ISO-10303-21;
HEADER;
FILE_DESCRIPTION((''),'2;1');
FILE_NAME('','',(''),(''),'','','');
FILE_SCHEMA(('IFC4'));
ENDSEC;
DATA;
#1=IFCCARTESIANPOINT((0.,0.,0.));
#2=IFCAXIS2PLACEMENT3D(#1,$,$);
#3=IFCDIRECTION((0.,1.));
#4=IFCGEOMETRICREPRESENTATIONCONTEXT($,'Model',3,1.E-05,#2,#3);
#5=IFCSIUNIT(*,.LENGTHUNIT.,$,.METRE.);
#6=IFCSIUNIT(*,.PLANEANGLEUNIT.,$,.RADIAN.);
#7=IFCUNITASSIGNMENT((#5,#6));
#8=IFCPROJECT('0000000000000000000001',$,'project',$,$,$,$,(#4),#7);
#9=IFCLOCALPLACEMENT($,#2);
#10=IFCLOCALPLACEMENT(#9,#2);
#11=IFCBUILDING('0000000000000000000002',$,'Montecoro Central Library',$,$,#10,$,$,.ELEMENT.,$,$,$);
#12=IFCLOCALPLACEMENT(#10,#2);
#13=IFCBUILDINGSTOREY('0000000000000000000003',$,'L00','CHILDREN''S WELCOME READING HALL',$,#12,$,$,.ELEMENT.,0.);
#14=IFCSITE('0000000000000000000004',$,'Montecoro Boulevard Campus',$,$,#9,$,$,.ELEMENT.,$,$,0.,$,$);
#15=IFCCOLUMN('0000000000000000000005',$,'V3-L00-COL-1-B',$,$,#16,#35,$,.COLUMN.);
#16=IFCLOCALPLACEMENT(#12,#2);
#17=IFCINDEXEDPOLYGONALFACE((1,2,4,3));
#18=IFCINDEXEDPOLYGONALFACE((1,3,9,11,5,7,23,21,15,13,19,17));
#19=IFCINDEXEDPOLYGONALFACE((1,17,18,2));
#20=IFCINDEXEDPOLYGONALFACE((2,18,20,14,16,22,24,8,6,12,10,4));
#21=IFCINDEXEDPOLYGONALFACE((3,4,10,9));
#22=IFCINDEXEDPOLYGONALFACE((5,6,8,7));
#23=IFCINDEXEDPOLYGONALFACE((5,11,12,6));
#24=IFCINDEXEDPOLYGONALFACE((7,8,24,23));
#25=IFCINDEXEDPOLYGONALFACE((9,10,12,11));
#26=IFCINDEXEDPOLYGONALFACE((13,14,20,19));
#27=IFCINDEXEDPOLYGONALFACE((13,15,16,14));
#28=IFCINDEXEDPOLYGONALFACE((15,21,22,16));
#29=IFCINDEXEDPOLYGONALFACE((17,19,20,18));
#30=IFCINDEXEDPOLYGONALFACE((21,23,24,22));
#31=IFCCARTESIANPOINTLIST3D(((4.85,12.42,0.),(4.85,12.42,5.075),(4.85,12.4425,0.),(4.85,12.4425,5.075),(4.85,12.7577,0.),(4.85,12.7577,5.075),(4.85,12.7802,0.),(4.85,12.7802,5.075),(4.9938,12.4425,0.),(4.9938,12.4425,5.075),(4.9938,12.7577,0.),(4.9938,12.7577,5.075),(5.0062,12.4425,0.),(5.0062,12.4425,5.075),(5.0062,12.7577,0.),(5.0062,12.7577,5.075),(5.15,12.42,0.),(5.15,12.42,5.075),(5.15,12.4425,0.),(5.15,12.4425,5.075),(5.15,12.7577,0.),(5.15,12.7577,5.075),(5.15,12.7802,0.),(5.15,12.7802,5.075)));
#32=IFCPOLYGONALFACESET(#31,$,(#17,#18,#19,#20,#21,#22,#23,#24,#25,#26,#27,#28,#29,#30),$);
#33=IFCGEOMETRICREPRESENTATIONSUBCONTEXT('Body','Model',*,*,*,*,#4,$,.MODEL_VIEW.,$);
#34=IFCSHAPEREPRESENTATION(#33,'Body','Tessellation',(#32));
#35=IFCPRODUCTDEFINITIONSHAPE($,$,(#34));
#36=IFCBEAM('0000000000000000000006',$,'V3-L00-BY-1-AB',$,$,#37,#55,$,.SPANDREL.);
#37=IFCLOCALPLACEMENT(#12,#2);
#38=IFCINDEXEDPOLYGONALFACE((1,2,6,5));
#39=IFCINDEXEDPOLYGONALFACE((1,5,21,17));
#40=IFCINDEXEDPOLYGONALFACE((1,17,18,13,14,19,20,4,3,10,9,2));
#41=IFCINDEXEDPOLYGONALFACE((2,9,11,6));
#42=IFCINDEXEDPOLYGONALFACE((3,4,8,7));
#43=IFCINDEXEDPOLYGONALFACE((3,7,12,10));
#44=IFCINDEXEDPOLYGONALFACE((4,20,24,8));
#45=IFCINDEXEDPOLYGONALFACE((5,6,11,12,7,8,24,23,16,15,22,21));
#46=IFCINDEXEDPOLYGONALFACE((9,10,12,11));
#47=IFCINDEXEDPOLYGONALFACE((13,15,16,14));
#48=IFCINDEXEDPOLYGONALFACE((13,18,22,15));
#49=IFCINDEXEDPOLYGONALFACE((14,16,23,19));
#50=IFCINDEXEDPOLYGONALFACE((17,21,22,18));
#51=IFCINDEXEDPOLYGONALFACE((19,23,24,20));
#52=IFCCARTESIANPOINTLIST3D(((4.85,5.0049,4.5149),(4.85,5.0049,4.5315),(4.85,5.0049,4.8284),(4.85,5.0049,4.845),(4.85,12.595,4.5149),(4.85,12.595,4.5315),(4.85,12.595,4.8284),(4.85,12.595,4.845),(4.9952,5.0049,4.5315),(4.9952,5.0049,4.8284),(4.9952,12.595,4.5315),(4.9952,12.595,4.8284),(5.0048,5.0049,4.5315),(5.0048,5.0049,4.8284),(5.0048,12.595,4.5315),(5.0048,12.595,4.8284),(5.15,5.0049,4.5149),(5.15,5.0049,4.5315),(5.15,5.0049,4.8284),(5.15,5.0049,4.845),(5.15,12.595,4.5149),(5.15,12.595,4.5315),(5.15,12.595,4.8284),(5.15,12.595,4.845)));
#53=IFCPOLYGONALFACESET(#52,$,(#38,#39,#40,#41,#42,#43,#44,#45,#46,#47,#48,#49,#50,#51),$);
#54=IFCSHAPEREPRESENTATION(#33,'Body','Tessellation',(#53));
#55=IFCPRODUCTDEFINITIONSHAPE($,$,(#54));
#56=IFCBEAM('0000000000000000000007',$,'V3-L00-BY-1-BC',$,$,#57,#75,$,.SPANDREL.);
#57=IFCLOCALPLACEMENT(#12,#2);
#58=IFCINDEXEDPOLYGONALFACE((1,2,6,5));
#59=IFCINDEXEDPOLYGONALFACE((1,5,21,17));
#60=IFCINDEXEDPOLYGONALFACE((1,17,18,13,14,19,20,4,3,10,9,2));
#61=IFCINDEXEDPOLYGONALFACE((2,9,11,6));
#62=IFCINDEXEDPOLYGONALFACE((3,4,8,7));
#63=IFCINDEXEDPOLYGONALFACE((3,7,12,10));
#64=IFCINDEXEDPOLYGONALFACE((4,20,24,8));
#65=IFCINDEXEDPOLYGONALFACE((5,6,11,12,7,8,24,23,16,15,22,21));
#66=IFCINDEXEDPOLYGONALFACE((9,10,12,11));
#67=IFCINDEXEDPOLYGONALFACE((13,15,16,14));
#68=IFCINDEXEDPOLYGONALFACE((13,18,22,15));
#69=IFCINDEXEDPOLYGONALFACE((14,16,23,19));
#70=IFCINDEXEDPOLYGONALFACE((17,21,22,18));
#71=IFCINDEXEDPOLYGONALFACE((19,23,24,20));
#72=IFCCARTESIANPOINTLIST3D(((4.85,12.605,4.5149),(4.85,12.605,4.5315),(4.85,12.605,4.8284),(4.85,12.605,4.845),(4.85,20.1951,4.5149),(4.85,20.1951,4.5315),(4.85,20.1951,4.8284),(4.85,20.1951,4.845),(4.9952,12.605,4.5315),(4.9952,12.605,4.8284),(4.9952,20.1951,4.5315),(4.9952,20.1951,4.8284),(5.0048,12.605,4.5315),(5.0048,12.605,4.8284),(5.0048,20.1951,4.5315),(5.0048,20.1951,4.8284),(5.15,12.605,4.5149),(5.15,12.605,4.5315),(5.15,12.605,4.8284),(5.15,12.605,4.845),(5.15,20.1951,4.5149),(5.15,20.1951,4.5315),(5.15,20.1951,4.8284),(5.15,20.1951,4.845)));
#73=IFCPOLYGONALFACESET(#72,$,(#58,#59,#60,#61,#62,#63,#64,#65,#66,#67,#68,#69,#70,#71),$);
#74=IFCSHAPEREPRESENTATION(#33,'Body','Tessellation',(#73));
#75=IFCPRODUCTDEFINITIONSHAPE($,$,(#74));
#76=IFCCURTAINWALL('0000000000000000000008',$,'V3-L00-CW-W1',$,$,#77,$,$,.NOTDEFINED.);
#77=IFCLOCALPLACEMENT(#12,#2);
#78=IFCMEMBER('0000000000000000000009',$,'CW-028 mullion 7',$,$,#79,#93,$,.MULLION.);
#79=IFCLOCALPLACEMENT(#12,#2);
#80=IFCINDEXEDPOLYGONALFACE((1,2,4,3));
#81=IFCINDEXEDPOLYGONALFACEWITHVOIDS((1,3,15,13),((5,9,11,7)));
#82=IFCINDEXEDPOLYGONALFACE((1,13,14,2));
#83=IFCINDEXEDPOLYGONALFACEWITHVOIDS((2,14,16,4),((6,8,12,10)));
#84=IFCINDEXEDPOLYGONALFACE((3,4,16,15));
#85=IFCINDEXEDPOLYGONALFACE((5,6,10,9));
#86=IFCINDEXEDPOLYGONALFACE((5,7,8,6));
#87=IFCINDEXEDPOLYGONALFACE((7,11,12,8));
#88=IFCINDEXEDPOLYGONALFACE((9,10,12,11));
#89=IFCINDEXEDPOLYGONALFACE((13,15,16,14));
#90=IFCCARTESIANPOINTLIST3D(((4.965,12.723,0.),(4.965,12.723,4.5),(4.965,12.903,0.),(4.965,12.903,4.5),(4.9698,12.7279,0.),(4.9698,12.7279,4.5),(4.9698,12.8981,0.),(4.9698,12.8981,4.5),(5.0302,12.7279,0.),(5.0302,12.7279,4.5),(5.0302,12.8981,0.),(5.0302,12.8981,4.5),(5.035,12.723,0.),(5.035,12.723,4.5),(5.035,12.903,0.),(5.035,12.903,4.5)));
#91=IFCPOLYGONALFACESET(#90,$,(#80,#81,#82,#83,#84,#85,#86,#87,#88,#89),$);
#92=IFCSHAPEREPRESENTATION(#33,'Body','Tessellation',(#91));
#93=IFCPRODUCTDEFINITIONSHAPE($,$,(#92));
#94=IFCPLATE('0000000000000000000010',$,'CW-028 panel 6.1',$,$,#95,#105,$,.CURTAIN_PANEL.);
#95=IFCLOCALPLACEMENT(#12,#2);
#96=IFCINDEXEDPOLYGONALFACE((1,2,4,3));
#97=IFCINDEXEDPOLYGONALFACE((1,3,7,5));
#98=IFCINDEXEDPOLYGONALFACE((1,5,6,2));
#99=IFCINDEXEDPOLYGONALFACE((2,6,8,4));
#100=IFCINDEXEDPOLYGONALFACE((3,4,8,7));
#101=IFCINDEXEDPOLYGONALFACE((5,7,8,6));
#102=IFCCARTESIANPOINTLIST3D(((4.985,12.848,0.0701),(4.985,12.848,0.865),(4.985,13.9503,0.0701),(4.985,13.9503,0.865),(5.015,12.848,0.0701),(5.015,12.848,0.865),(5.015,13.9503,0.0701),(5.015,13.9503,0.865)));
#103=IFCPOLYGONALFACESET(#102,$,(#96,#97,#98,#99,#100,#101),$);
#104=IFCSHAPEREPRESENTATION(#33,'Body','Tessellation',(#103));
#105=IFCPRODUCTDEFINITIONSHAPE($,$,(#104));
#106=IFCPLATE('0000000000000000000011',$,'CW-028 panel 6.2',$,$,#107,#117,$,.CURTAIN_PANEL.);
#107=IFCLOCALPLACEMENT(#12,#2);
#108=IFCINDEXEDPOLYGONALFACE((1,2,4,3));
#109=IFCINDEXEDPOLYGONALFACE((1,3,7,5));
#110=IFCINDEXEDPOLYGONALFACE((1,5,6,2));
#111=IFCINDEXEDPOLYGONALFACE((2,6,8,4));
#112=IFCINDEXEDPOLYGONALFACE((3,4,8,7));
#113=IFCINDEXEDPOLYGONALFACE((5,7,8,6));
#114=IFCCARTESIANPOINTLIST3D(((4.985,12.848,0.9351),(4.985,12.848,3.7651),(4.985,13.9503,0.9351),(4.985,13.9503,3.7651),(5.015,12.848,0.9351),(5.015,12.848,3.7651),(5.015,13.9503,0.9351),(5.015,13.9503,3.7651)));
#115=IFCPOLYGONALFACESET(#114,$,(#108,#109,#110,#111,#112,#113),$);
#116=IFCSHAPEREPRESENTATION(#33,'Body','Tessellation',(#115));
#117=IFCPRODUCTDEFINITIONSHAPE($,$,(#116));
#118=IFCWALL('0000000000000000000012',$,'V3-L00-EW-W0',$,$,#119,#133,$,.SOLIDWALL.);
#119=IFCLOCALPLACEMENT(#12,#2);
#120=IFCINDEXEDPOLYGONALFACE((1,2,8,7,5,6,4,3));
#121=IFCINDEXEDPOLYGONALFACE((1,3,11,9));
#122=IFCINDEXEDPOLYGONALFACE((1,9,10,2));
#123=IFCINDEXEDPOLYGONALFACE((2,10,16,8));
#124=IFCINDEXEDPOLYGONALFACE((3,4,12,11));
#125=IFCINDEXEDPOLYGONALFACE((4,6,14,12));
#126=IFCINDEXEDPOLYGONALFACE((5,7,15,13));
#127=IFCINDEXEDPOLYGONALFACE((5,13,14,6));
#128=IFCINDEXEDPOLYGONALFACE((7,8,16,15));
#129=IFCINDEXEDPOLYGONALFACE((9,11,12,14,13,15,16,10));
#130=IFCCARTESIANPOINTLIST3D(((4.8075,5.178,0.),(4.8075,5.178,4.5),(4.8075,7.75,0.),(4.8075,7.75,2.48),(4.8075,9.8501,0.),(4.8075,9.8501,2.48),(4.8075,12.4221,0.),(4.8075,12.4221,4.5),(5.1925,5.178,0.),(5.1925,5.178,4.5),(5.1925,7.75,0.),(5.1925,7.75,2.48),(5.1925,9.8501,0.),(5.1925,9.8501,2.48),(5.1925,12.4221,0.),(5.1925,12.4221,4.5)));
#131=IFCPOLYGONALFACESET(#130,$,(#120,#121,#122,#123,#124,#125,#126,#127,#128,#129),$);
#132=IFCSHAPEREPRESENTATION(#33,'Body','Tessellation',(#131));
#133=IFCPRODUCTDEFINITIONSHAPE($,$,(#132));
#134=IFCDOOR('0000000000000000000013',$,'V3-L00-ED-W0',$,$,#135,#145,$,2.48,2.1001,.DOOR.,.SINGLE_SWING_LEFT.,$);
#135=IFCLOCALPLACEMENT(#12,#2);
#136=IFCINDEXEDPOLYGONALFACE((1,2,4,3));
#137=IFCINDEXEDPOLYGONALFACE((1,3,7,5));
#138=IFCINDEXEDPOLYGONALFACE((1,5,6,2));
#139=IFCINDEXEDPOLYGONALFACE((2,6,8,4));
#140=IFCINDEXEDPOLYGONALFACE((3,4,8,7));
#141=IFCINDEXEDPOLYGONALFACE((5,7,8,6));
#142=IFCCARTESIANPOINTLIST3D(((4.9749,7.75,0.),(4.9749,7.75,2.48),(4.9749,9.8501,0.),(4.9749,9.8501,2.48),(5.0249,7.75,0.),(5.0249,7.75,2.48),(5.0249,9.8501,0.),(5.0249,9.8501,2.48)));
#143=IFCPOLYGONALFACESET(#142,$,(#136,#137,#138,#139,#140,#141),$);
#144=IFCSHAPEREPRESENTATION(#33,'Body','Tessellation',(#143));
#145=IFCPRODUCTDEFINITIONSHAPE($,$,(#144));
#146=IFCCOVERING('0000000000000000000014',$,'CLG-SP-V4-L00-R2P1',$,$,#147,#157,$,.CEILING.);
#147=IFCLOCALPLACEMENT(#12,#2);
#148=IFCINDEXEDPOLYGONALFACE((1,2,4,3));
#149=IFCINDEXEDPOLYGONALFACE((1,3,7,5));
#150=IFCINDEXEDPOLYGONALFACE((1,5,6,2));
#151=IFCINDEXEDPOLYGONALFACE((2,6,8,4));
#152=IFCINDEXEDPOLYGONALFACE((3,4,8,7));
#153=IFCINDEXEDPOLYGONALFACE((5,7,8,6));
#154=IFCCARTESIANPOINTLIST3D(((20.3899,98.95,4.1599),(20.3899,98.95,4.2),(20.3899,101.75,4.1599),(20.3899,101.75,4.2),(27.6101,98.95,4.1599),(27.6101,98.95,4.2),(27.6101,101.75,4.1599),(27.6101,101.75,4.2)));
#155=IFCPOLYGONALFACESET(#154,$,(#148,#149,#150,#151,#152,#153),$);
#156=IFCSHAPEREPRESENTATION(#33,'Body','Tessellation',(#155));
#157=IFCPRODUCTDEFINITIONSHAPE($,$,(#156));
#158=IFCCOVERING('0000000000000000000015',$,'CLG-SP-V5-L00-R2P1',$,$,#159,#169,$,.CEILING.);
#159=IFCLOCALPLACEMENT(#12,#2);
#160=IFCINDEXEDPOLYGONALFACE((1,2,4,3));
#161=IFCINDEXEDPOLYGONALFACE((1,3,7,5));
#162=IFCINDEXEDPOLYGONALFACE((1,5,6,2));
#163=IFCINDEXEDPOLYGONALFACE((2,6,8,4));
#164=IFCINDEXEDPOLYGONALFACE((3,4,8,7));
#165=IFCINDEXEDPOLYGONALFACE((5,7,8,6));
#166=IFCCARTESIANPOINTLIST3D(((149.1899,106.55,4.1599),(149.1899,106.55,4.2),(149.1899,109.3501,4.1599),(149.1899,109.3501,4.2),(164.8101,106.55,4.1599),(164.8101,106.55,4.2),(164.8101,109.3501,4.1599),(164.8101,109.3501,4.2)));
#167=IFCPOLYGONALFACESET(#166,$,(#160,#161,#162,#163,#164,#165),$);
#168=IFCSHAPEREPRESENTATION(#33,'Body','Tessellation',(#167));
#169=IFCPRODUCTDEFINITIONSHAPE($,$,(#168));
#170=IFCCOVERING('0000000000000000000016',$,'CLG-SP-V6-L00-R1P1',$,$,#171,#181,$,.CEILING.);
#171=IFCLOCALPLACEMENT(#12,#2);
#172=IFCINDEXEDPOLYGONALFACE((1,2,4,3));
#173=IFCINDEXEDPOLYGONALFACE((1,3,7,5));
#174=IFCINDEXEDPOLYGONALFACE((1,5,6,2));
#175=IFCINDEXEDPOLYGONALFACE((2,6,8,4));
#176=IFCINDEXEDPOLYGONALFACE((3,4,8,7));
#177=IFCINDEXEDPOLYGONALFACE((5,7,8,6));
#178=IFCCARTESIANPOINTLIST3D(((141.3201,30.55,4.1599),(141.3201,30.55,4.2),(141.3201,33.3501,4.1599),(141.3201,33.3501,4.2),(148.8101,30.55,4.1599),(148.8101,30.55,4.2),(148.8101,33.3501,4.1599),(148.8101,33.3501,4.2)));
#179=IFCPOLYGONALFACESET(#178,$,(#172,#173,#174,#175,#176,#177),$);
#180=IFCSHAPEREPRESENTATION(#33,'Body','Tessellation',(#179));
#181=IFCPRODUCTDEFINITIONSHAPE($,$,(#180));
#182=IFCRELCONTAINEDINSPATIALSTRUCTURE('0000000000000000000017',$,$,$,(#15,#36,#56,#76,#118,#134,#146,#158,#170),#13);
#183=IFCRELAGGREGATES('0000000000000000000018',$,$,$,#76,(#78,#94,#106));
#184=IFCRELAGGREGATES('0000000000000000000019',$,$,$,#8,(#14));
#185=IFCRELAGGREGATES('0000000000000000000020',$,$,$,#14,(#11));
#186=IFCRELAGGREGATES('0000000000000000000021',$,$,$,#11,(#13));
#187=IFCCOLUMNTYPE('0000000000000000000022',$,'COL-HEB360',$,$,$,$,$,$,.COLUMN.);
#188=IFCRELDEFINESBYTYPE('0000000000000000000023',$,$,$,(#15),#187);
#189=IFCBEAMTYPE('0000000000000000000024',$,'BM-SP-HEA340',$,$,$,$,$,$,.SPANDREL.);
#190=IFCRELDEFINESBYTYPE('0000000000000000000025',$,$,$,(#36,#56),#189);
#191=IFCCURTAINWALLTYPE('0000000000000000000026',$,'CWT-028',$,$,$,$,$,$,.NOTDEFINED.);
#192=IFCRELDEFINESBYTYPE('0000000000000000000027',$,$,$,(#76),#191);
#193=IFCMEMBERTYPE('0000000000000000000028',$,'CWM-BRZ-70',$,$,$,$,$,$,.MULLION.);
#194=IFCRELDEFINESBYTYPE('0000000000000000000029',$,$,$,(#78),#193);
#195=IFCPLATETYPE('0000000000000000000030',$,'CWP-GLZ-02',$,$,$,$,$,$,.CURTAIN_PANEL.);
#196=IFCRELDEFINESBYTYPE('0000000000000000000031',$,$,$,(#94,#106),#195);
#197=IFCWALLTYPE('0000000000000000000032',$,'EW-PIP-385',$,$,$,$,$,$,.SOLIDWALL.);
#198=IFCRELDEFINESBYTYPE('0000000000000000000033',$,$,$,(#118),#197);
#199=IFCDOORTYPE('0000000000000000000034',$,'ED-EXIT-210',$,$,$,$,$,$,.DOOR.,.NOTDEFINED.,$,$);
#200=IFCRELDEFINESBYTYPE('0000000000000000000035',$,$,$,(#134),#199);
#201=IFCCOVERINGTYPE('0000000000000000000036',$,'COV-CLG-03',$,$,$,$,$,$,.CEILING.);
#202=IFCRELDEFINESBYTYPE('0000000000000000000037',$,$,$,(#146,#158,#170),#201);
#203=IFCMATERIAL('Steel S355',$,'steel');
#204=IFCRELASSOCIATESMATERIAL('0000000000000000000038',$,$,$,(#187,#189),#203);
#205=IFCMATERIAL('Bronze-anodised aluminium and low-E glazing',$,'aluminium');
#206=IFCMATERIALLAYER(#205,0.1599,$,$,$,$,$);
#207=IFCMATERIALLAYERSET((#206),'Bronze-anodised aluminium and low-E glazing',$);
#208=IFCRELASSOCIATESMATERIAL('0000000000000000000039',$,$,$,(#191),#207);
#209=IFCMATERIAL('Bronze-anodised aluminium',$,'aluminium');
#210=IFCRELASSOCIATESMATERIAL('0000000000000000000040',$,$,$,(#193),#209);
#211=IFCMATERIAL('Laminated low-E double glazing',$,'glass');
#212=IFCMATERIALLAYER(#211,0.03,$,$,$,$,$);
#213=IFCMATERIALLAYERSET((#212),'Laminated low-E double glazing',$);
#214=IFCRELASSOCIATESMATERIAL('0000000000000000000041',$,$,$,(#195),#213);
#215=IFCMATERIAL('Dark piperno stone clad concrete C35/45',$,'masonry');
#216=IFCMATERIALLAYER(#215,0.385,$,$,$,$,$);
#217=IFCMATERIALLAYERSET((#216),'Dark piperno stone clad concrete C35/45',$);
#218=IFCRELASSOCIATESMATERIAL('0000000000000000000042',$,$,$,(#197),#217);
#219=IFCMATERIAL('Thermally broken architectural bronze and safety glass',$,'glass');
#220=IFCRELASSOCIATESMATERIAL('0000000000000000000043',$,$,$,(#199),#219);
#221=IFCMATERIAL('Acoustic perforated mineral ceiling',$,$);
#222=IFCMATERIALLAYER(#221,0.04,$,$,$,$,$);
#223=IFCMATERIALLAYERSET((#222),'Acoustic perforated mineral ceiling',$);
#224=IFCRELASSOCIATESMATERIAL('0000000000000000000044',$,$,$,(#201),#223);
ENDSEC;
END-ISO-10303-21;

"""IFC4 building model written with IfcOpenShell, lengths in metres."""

from ifc_helpers import new_model, si_unit, direction, frame, frame_2d, origin, origin_2d, place, context, subcontext, project, spatial, polyline, rectangle, hollow_rectangle, i_section, outline, extrude, material, layer, layer_set, material_profile, profile_set, type_object, element, fill, aggregate, save


model = new_model("IFC4")

# Units and contexts
model_context = context("Model", 3, precision=1e-05, world=origin(), true_north=direction((0.0, 1.0)))
body_context = subcontext(model_context, "Body", "Model", "MODEL_VIEW")
ifc_project = project(units=[si_unit("LENGTHUNIT", "METRE"), si_unit("PLANEANGLEUNIT", "RADIAN")], contexts=[model_context])

# Site, building, storey
site_placement = place(None, origin())
site = spatial("IfcSite", under=ifc_project, at=site_placement, Name="Montecoro Boulevard Campus", CompositionType="ELEMENT", RefElevation=0.0)
building_placement = place(site_placement, origin())
building = spatial("IfcBuilding", under=site, at=building_placement, Name="Montecoro Central Library", CompositionType="ELEMENT")
storey_placement = place(building_placement, origin())
storey = spatial("IfcBuildingStorey", under=building, at=storey_placement, Name="L00", Description="CHILDREN'S WELCOME READING HALL", CompositionType="ELEMENT", Elevation=0.0)

# Column
ifc_material_1 = material(Name="Steel S355", Category="steel")
ifc_material_profile_1 = material_profile(ifc_material_1, i_section(OverallWidth=0.3, OverallDepth=0.3601, WebThickness=0.0125, FlangeThickness=0.0225, at=origin_2d()), Name="HEB 360")
ifc_profile_set_1 = profile_set([ifc_material_profile_1], Name="Steel S355")
column_type = type_object("IfcColumnType", Name="COL-HEB360", PredefinedType="COLUMN", material=ifc_profile_set_1)
for number, where, z_axis, x_axis, name in (
    (1, (5.0, 12.6001, 0.0), (0.0, 0.0, 1.0), (1.0, 0.0, 0.0), "V3-L00-COL-1-B"),
):
    element("IfcColumn", number, at=place(storey_placement, frame(where, z_axis=z_axis, x_axis=x_axis)), inside=storey, type_object=column_type, Name=name, PredefinedType="COLUMN", context=body_context, shape_type="SweptSolid", body=[
        extrude(i_section(OverallWidth=0.3, OverallDepth=0.3601, WebThickness=0.0125, FlangeThickness=0.0225, at=origin_2d()), origin(), (0.0, 0.0, 1.0), 5.075),
    ])

# Beams
ifc_material_profile_2 = material_profile(ifc_material_1, i_section(OverallWidth=0.3, OverallDepth=0.3301, WebThickness=0.0095, FlangeThickness=0.0166, at=origin_2d()), Name="HEA 340")
ifc_profile_set_2 = profile_set([ifc_material_profile_2], Name="Steel S355")
beam_type = type_object("IfcBeamType", Name="BM-SP-HEA340", PredefinedType="SPANDREL", material=ifc_profile_set_2)
for number, where, z_axis, x_axis, name in (
    (2, (5.0, 5.0049, 4.6799), (0.0, 1.0, 0.0), (-1.0, 0.0, 0.0), "V3-L00-BY-1-AB"),
    (3, (5.0, 12.605, 4.6799), (0.0, 1.0, 0.0), (-1.0, 0.0, 0.0), "V3-L00-BY-1-BC"),
):
    element("IfcBeam", number, at=place(storey_placement, frame(where, z_axis=z_axis, x_axis=x_axis)), inside=storey, type_object=beam_type, Name=name, PredefinedType="SPANDREL", context=body_context, shape_type="SweptSolid", body=[
        extrude(i_section(OverallWidth=0.3, OverallDepth=0.3301, WebThickness=0.0095, FlangeThickness=0.0166, at=origin_2d()), origin(), (0.0, 0.0, 1.0), 7.5901),
    ])

# Curtain wall, member, plates
ifc_material_2 = material(Name="Bronze-anodised aluminium and low-E glazing", Category="aluminium")
ifc_layer_1 = layer(ifc_material_2, 0.1599)
ifc_layer_set_1 = layer_set([ifc_layer_1], Name="Bronze-anodised aluminium and low-E glazing")
curtain_wall_type = type_object("IfcCurtainWallType", Name="CWT-028", PredefinedType="NOTDEFINED", material=ifc_layer_set_1)
curtain_wall_placement = place(storey_placement, origin())
curtain_wall = element("IfcCurtainWall", 4, at=curtain_wall_placement, inside=storey, type_object=curtain_wall_type, Name="V3-L00-CW-W1", PredefinedType="NOTDEFINED")
ifc_material_3 = material(Name="Bronze-anodised aluminium", Category="aluminium")
ifc_material_profile_3 = material_profile(ifc_material_3, hollow_rectangle(XDim=0.0701, YDim=0.1799, WallThickness=0.0049, at=origin_2d()), Name="CWM 180x70x5.0")
ifc_profile_set_3 = profile_set([ifc_material_profile_3], Name="Bronze-anodised aluminium")
member_type = type_object("IfcMemberType", Name="CWM-BRZ-70", PredefinedType="MULLION", material=ifc_profile_set_3)
member_placement = place(storey_placement, frame((5.0, 12.813, 0.0), z_axis=(0.0, 0.0, 1.0), x_axis=(1.0, 0.0, 0.0)))
member = element("IfcMember", 5, at=member_placement, type_object=member_type, Name="CW-028 mullion 7", PredefinedType="MULLION", context=body_context, shape_type="SweptSolid", body=[
    extrude(hollow_rectangle(XDim=0.0701, YDim=0.1799, WallThickness=0.0049, at=origin_2d()), origin(), (0.0, 0.0, 1.0), 4.5),
])
ifc_material_4 = material(Name="Laminated low-E double glazing", Category="glass")
ifc_layer_2 = layer(ifc_material_4, 0.03)
ifc_layer_set_2 = layer_set([ifc_layer_2], Name="Laminated low-E double glazing")
plate_type = type_object("IfcPlateType", Name="CWP-GLZ-02", PredefinedType="CURTAIN_PANEL", material=ifc_layer_set_2)
plate_1_placement = place(storey_placement, frame((5.0, 13.3992, 0.0701), z_axis=(0.0, 0.0, 1.0), x_axis=(0.0, -1.0, 0.0)))
plate_1 = element("IfcPlate", 6, at=plate_1_placement, type_object=plate_type, Name="CW-028 panel 6.1", PredefinedType="CURTAIN_PANEL", context=body_context, shape_type="SweptSolid", body=[
    extrude(rectangle(XDim=1.1023, YDim=0.03, at=origin_2d()), origin(), (0.0, 0.0, 1.0), 0.7949),
])
plate_2_placement = place(storey_placement, frame((5.0, 13.3992, 0.9351), z_axis=(0.0, 0.0, 1.0), x_axis=(0.0, -1.0, 0.0)))
plate_2 = element("IfcPlate", 7, at=plate_2_placement, type_object=plate_type, Name="CW-028 panel 6.2", PredefinedType="CURTAIN_PANEL", context=body_context, shape_type="SweptSolid", body=[
    extrude(rectangle(XDim=1.1023, YDim=0.03, at=origin_2d()), origin(), (0.0, 0.0, 1.0), 2.8301),
])
aggregate(curtain_wall, [member, plate_1, plate_2])

# Wall, opening, door
ifc_material_5 = material(Name="Dark piperno stone clad concrete C35/45", Category="masonry")
ifc_layer_3 = layer(ifc_material_5, 0.385)
ifc_layer_set_3 = layer_set([ifc_layer_3], Name="Dark piperno stone clad concrete C35/45")
wall_type = type_object("IfcWallType", Name="EW-PIP-385", PredefinedType="SOLIDWALL", material=ifc_layer_set_3)
wall_placement = place(storey_placement, frame((5.0, 12.4221, 0.0), z_axis=(0.0, 0.0, 1.0), x_axis=(0.0, -1.0, 0.0)))
wall = element("IfcWall", 8, at=wall_placement, inside=storey, type_object=wall_type, Name="V3-L00-EW-W0", PredefinedType="SOLIDWALL", context=body_context, shape_type="SweptSolid", body=[
    extrude(rectangle(XDim=7.2441, YDim=0.385, at=frame_2d((3.6221, 0.0))), origin(), (0.0, 0.0, 1.0), 4.5),
])
opening_placement = place(wall_placement, frame((2.572, 0.0, 0.0)))
opening = element("IfcOpeningElement", 9, at=opening_placement, cuts=wall, PredefinedType="OPENING", context=body_context, shape_type="SweptSolid", body=[
    extrude(rectangle(XDim=2.1001, YDim=2.48, at=frame_2d((1.05, 1.24))), frame((0.0, 0.2024, 0.0), z_axis=(0.0, -1.0, 0.0), x_axis=(1.0, 0.0, 0.0)), (0.0, 0.0, 1.0), 0.405),
])
ifc_material_6 = material(Name="Thermally broken architectural bronze and safety glass", Category="glass")
door_type = type_object("IfcDoorType", Name="ED-EXIT-210", OperationType="NOTDEFINED", PredefinedType="DOOR", material=ifc_material_6)
door_placement = place(opening_placement, origin())
door = element("IfcDoor", 10, at=door_placement, inside=storey, type_object=door_type, Name="V3-L00-ED-W0", OperationType="SINGLE_SWING_LEFT", OverallHeight=2.48, OverallWidth=2.1001, PredefinedType="DOOR", context=body_context, shape_type="SweptSolid", body=[
    extrude(rectangle(XDim=2.1001, YDim=2.48, at=frame_2d((1.05, 1.24))), frame((0.0, 0.0249, 0.0), z_axis=(0.0, -1.0, 0.0), x_axis=(1.0, 0.0, 0.0)), (0.0, 0.0, 1.0), 0.05),
])
fill(opening, door)

# Coverings
ifc_material_7 = material(Name="Acoustic perforated mineral ceiling")
ifc_layer_4 = layer(ifc_material_7, 0.04)
ifc_layer_set_4 = layer_set([ifc_layer_4], Name="Acoustic perforated mineral ceiling")
covering_type_1 = type_object("IfcCoveringType", Name="COV-CLG-03", PredefinedType="CEILING", material=ifc_layer_set_4)
covering_1_placement = place(storey_placement, frame((0.0, 0.0, 4.1599)))
element("IfcCovering", 11, at=covering_1_placement, inside=storey, type_object=covering_type_1, Name="CLG-SP-V4-L00-R2P1", PredefinedType="CEILING", context=body_context, shape_type="SweptSolid", body=[
    extrude(outline(polyline([(20.3899, 98.95), (27.6101, 98.95), (27.6101, 101.75), (20.3899, 101.75), (20.3899, 98.95)])), origin(), (0.0, 0.0, 1.0), 0.04),
])
covering_2_placement = place(storey_placement, frame((0.0, 0.0, 4.1599)))
element("IfcCovering", 12, at=covering_2_placement, inside=storey, type_object=covering_type_1, Name="CLG-SP-V5-L00-R2P1", PredefinedType="CEILING", context=body_context, shape_type="SweptSolid", body=[
    extrude(outline(polyline([(149.1899, 106.55), (164.8101, 106.55), (164.8101, 109.3501), (149.1899, 109.3501), (149.1899, 106.55)])), origin(), (0.0, 0.0, 1.0), 0.04),
])
covering_3_placement = place(storey_placement, frame((0.0, 0.0, 4.1599)))
element("IfcCovering", 13, at=covering_3_placement, inside=storey, type_object=covering_type_1, Name="CLG-SP-V6-L00-R1P1", PredefinedType="CEILING", context=body_context, shape_type="SweptSolid", body=[
    extrude(outline(polyline([(141.3201, 30.55), (148.8101, 30.55), (148.8101, 33.3501), (141.3201, 33.3501), (141.3201, 30.55)])), origin(), (0.0, 0.0, 1.0), 0.04),
])

save(model, "model.ifc")
